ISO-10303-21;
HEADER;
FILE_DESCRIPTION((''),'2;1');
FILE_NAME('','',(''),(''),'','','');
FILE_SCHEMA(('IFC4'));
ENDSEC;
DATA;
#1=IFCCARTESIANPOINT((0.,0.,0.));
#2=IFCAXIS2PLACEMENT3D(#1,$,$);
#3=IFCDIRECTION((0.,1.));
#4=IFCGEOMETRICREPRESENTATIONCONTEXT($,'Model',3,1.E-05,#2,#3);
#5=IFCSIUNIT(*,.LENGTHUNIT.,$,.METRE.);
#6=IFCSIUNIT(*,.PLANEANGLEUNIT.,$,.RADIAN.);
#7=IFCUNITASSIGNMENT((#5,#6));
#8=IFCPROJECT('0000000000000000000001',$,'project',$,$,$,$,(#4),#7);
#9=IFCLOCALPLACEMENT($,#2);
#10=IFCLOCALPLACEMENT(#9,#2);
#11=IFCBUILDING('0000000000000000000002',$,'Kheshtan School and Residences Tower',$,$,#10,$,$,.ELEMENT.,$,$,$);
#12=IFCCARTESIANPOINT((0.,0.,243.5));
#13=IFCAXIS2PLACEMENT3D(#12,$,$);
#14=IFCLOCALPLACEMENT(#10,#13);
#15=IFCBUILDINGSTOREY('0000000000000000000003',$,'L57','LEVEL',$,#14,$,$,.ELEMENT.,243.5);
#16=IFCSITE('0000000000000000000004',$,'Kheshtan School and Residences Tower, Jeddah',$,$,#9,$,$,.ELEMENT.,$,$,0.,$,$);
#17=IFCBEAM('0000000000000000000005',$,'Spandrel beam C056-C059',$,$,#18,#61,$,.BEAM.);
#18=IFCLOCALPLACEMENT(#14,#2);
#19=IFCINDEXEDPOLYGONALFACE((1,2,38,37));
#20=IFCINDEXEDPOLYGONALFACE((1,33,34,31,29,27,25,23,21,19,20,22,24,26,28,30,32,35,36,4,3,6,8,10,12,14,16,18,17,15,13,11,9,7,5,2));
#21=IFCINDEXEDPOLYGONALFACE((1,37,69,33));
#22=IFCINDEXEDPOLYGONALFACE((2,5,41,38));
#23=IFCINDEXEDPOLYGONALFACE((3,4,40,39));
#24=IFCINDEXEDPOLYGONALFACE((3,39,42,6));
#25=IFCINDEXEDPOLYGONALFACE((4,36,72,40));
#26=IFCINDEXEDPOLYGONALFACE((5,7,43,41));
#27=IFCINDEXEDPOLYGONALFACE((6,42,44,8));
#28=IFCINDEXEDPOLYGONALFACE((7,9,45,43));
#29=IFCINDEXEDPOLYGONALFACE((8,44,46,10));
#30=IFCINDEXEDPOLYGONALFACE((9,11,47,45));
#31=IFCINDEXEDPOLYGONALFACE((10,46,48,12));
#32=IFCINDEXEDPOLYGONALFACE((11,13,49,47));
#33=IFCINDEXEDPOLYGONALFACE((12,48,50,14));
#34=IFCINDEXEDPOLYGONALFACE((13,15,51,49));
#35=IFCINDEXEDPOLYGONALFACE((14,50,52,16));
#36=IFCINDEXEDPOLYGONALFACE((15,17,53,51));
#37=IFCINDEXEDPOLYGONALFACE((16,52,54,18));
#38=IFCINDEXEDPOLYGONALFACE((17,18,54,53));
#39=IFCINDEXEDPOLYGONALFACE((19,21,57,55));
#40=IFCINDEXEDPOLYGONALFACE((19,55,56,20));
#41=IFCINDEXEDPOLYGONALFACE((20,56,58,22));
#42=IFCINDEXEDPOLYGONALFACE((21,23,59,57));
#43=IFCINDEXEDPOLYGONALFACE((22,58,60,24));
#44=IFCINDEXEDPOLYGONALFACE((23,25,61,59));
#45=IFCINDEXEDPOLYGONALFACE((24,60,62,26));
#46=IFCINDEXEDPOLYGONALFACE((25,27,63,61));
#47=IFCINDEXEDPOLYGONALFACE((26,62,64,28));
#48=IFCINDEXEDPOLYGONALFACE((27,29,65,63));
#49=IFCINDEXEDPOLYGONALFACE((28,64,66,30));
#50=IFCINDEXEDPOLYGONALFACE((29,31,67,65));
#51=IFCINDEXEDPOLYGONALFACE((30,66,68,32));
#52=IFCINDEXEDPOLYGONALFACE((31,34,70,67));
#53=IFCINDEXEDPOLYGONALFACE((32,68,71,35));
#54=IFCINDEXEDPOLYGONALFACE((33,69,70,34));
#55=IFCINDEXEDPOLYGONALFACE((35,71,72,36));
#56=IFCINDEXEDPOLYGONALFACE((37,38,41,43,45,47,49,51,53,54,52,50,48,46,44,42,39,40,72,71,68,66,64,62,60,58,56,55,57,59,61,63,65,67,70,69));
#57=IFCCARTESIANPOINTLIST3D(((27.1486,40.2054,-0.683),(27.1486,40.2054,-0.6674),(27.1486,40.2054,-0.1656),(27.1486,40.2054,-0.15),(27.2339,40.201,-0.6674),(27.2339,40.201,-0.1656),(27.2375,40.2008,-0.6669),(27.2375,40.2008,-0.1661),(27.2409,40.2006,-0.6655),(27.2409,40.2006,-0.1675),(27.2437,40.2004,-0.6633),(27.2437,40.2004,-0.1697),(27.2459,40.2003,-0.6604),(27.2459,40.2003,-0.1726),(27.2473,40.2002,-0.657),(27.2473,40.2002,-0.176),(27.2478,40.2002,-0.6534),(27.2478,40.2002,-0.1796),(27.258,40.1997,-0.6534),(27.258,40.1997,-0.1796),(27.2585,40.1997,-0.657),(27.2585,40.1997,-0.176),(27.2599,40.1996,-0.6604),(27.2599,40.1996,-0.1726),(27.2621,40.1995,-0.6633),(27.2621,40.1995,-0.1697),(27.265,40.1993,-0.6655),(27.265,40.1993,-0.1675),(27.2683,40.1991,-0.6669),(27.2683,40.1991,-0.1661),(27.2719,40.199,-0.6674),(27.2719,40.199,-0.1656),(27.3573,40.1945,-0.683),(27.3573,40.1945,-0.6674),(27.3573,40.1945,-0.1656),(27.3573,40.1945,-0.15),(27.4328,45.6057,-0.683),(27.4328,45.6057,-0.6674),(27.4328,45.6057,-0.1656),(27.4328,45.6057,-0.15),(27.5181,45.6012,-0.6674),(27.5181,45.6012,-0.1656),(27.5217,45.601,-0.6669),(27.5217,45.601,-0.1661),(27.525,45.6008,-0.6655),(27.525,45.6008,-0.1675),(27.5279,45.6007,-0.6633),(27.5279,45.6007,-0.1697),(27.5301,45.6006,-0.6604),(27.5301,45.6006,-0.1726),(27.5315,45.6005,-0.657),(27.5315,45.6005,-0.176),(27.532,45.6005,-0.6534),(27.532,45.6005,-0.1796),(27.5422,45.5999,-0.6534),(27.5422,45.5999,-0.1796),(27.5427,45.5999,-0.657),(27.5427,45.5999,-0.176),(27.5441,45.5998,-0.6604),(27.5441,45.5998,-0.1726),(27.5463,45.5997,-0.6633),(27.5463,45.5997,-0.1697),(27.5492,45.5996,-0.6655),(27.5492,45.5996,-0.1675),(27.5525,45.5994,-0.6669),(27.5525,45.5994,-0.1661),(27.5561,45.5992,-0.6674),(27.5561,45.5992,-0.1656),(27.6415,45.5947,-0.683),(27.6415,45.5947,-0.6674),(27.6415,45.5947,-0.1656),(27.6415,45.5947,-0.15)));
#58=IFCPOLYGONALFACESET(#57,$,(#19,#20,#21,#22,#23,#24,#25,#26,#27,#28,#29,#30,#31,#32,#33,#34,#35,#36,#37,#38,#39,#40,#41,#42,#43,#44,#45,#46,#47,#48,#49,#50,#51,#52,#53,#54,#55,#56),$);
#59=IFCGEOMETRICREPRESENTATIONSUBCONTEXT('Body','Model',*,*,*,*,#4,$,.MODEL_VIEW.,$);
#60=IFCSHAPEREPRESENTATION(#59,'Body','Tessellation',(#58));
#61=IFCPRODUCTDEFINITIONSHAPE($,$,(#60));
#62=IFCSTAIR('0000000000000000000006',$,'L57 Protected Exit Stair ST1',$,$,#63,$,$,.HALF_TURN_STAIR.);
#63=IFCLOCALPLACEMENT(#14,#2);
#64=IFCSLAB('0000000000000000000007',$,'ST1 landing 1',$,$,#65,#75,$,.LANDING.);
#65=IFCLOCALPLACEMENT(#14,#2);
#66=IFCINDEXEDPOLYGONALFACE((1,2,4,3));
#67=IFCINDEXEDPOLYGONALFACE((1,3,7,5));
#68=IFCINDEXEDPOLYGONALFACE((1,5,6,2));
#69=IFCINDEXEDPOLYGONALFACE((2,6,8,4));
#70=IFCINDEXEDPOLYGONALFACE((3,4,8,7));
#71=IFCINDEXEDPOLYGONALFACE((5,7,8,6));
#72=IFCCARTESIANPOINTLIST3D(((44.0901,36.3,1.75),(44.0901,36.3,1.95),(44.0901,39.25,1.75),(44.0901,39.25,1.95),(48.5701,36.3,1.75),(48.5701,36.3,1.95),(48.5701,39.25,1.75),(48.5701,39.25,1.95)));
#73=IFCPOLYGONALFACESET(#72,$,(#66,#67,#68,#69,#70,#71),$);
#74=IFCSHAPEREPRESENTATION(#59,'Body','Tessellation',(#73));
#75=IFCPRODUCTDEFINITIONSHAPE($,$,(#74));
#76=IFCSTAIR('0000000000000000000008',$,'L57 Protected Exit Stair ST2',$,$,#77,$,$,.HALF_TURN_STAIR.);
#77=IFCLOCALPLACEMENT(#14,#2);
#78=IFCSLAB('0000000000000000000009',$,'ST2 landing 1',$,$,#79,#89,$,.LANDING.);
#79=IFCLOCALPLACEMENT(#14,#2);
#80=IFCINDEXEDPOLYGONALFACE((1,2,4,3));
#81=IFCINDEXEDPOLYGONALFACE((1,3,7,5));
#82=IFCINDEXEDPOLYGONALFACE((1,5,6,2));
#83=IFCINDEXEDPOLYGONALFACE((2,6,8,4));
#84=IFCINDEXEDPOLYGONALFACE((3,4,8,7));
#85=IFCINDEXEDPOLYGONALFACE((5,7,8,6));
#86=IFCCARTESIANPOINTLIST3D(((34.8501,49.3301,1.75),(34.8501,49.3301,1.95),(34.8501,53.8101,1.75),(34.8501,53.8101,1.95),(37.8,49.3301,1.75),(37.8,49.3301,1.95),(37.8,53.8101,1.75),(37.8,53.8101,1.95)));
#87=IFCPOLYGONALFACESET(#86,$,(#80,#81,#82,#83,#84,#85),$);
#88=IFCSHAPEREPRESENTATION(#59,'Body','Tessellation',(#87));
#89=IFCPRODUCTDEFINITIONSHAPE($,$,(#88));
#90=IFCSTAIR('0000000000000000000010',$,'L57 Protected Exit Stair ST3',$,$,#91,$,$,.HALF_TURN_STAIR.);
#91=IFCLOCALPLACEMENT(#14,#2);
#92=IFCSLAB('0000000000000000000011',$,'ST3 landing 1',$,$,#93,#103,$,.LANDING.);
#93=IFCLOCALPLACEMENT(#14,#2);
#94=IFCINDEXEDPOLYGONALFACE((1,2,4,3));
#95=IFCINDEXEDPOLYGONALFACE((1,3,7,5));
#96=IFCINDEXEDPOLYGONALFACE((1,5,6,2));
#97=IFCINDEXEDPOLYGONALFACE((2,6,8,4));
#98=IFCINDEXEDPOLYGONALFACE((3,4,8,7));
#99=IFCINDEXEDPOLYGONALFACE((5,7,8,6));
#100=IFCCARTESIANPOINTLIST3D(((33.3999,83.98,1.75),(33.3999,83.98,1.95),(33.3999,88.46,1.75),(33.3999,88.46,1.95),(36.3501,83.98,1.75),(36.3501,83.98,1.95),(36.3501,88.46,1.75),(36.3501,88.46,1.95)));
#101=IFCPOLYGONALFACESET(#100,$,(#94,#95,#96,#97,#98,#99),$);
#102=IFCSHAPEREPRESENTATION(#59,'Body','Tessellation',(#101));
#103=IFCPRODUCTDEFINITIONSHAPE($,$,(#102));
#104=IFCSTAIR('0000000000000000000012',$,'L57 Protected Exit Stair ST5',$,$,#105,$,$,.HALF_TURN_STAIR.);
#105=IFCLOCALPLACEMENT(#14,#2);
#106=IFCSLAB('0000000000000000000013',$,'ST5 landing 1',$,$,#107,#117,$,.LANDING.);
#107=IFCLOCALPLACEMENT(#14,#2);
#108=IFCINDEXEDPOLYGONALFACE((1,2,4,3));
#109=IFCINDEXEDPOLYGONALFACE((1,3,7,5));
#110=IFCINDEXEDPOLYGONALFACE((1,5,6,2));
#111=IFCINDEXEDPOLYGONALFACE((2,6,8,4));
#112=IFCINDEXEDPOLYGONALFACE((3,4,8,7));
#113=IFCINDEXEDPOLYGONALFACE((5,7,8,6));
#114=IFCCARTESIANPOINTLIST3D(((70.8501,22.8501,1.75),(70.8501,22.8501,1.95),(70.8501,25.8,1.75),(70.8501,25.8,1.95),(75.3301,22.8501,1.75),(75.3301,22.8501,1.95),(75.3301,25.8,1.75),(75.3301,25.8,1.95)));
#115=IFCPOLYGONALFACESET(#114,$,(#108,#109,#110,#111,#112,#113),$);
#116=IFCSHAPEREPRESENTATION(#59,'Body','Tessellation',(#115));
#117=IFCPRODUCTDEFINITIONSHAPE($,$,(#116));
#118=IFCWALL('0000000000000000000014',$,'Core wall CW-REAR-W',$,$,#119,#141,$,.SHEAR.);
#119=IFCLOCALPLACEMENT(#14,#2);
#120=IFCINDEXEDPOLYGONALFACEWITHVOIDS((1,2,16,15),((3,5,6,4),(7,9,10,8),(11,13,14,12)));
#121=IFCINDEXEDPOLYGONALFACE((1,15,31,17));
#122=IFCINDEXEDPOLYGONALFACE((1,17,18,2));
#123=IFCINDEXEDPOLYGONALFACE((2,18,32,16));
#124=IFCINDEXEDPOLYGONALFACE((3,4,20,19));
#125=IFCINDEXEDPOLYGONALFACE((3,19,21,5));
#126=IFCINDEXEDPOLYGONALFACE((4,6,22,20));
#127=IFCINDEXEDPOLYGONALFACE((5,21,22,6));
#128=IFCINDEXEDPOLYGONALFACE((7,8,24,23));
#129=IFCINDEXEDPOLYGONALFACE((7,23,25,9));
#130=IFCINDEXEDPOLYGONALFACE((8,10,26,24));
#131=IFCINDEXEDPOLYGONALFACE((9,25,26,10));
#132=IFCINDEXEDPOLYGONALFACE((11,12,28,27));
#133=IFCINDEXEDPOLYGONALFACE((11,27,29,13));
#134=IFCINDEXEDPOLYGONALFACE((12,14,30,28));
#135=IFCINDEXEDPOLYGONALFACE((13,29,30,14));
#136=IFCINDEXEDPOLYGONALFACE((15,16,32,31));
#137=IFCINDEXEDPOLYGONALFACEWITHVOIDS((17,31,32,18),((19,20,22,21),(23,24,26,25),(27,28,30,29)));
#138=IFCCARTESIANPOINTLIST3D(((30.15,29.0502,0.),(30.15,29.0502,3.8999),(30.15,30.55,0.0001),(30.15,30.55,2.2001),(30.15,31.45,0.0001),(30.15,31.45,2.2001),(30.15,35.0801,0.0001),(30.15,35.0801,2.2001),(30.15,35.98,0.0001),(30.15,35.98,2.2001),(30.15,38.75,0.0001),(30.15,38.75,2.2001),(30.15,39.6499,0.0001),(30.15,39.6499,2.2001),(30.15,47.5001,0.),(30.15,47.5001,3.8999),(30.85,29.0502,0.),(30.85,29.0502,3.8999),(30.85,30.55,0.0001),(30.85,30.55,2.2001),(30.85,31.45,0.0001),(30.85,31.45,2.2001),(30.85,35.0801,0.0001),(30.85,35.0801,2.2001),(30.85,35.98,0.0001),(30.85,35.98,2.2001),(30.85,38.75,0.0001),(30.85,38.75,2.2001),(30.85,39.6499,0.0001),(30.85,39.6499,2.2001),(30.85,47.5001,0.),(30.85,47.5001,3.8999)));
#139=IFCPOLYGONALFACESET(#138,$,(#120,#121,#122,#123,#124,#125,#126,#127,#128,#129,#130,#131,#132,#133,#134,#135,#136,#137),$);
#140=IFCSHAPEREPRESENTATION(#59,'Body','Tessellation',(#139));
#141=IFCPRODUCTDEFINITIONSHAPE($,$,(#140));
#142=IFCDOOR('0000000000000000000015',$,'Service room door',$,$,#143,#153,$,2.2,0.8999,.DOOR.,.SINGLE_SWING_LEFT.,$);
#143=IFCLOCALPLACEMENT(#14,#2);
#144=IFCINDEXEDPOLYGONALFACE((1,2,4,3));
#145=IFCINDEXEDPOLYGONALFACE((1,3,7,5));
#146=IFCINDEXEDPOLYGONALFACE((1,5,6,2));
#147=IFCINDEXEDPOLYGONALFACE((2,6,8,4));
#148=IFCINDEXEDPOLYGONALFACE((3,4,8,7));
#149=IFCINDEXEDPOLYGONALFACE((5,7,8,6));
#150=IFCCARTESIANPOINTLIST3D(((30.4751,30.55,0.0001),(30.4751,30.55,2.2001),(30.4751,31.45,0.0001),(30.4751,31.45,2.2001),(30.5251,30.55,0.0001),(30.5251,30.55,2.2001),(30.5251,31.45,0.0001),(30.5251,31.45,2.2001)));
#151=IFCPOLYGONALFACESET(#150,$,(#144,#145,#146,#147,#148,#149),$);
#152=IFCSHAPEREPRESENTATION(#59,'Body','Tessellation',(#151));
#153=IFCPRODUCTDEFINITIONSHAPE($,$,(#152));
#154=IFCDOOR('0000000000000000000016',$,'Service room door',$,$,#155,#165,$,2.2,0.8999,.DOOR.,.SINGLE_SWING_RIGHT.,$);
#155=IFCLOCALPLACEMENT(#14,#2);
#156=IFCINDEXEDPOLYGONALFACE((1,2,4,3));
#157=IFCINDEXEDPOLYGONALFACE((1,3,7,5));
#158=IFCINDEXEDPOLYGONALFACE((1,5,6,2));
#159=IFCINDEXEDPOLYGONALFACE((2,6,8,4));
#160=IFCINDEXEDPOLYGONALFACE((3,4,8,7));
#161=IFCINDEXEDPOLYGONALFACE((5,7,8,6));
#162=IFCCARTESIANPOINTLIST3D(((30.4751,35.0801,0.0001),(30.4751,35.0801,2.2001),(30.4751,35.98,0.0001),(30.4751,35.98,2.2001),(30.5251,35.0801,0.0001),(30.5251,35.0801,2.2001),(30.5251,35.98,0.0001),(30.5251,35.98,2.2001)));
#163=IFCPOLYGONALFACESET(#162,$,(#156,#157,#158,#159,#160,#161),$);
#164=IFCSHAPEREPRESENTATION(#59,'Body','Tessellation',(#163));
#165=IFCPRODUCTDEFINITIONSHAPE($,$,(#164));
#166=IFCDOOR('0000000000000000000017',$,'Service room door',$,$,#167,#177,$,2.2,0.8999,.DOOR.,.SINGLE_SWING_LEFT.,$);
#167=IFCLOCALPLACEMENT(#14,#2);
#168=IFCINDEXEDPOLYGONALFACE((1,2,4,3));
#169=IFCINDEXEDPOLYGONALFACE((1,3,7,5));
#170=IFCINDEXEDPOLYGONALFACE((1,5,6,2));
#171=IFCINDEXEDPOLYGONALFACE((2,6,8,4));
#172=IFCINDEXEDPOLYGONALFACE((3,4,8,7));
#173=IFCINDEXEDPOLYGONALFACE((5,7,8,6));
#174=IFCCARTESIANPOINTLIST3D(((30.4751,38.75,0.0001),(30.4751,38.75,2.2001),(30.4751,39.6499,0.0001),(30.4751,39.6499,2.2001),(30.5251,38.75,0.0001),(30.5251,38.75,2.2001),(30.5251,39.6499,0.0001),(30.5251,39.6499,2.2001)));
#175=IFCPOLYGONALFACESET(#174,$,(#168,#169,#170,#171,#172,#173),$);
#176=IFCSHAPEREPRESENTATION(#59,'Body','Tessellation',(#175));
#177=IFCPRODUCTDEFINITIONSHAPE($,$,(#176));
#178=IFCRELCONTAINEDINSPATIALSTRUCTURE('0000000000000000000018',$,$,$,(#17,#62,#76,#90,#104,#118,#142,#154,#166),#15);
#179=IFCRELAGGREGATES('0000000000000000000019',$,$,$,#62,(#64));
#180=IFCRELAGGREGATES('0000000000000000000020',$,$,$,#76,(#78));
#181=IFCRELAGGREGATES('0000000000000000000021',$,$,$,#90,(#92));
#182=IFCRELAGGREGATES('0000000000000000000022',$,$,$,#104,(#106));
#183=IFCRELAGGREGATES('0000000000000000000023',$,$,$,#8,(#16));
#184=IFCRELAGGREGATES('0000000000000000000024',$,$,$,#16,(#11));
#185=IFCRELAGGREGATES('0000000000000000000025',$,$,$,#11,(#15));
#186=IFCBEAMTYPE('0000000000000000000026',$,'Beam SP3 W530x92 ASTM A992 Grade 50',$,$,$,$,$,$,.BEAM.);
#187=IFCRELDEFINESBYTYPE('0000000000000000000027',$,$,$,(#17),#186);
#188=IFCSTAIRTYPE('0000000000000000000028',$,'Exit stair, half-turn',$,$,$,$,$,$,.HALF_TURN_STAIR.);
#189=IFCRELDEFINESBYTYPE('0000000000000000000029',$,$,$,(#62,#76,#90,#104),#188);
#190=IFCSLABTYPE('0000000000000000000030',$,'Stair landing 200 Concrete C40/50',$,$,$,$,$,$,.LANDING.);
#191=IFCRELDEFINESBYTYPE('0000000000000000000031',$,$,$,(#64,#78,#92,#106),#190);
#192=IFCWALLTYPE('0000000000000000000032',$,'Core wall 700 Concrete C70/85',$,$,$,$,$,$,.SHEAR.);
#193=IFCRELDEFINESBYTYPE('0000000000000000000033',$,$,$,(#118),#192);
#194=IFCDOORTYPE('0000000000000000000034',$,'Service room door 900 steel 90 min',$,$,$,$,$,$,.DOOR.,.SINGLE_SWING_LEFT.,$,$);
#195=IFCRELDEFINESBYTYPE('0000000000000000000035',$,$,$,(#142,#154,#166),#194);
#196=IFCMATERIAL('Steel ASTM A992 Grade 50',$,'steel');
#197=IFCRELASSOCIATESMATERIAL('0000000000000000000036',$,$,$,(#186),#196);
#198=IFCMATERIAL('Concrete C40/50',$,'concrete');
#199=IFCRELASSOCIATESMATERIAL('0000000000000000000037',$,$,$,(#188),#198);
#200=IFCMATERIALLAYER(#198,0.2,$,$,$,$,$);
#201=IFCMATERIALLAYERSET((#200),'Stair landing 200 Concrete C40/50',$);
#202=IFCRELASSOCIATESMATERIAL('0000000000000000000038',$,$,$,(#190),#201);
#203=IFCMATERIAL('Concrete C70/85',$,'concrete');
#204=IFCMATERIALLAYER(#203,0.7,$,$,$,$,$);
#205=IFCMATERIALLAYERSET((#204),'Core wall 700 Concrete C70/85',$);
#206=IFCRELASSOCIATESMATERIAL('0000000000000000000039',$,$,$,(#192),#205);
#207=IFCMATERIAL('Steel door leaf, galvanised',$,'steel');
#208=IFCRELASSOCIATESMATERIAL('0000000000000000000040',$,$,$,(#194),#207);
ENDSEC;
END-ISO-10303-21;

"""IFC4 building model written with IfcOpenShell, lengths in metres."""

from ifc_helpers import new_model, si_unit, direction, frame, frame_2d, origin, origin_2d, place, context, subcontext, project, spatial, polyline, rectangle, i_section, outline, extrude, source, transform, mapped, material, layer, layer_set, material_profile, profile_set, type_object, element, fill, aggregate, save


model = new_model("IFC4")

# Units and contexts
model_context = context("Model", 3, precision=1e-05, world=origin(), true_north=direction((0.0, 1.0)))
body_context = subcontext(model_context, "Body", "Model", "MODEL_VIEW")
ifc_project = project(units=[si_unit("LENGTHUNIT", "METRE"), si_unit("PLANEANGLEUNIT", "RADIAN")], contexts=[model_context])

# Site, building, storey
site_placement = place(None, origin())
site = spatial("IfcSite", under=ifc_project, at=site_placement, Name="Kheshtan School and Residences Tower, Jeddah", CompositionType="ELEMENT", RefElevation=0.0)
building_placement = place(site_placement, origin())
building = spatial("IfcBuilding", under=site, at=building_placement, Name="Kheshtan School and Residences Tower", CompositionType="ELEMENT")
storey_placement = place(building_placement, frame((0.0, 0.0, 243.5)))
storey = spatial("IfcBuildingStorey", under=building, at=storey_placement, Name="L57", Description="LEVEL", CompositionType="ELEMENT", Elevation=243.5)

# Shared definitions
ifc_material_1 = material(Name="Steel ASTM A992 Grade 50", Category="steel")

# Beam
ifc_material_profile_1 = material_profile(ifc_material_1, i_section(OverallWidth=0.209, OverallDepth=0.533, WebThickness=0.0103, FlangeThickness=0.0156, FilletRadius=0.0139, at=origin_2d()), Name="W530x92")
ifc_profile_set_1 = profile_set([ifc_material_profile_1], Name="Steel ASTM A992 Grade 50")
beam_type_1 = type_object("IfcBeamType", Name="Beam SP3 W530x92 ASTM A992 Grade 50", PredefinedType="BEAM", material=ifc_profile_set_1)
beam_1_placement = place(storey_placement, frame((27.2529, 40.2, -0.4165), z_axis=(0.052552, 0.998618, 0.0), x_axis=(-0.998618, 0.052552, 0.0)))
element("IfcBeam", 1, at=beam_1_placement, inside=storey, type_object=beam_type_1, Name="Spandrel beam C056-C059", PredefinedType="BEAM", context=body_context, shape_type="SweptSolid", body=[
    extrude(i_section(OverallWidth=0.209, OverallDepth=0.533, WebThickness=0.0103, FlangeThickness=0.0156, FilletRadius=0.0139, at=origin_2d()), origin(), (0.0, 0.0, 1.0), 5.4077),
])

# Shared definitions
ifc_material_2 = material(Name="Concrete C40/50", Category="concrete")

# Stairs, slabs
stair_type = type_object("IfcStairType", Name="Exit stair, half-turn", PredefinedType="HALF_TURN_STAIR", material=ifc_material_2)
stair_1_placement = place(storey_placement, origin())
stair_1 = element("IfcStair", 2, at=stair_1_placement, inside=storey, type_object=stair_type, Name="L57 Protected Exit Stair ST1", PredefinedType="HALF_TURN_STAIR")
ifc_layer_1 = layer(ifc_material_2, 0.2)
ifc_layer_set_1 = layer_set([ifc_layer_1], Name="Stair landing 200 Concrete C40/50")
slab_type_1 = type_object("IfcSlabType", Name="Stair landing 200 Concrete C40/50", PredefinedType="LANDING", material=ifc_layer_set_1)
slab_1_placement = place(storey_placement, frame((0.0, 0.0, 1.75)))
slab_1 = element("IfcSlab", 3, at=slab_1_placement, type_object=slab_type_1, Name="ST1 landing 1", PredefinedType="LANDING", context=body_context, shape_type="SweptSolid", body=[
    extrude(outline(polyline([(48.5701, 39.25), (44.0901, 39.25), (44.0901, 36.3), (48.5701, 36.3), (48.5701, 39.25)])), origin(), (0.0, 0.0, 1.0), 0.2),
])
aggregate(stair_1, [slab_1])
stair_2_placement = place(storey_placement, origin())
stair_2 = element("IfcStair", 4, at=stair_2_placement, inside=storey, type_object=stair_type, Name="L57 Protected Exit Stair ST2", PredefinedType="HALF_TURN_STAIR")
slab_2_placement = place(storey_placement, frame((0.0, 0.0, 1.75)))
slab_2 = element("IfcSlab", 5, at=slab_2_placement, type_object=slab_type_1, Name="ST2 landing 1", PredefinedType="LANDING", context=body_context, shape_type="SweptSolid", body=[
    extrude(outline(polyline([(37.8, 49.3301), (37.8, 53.8101), (34.8501, 53.8101), (34.8501, 49.3301), (37.8, 49.3301)])), origin(), (0.0, 0.0, 1.0), 0.2),
])
aggregate(stair_2, [slab_2])
stair_3_placement = place(storey_placement, origin())
stair_3 = element("IfcStair", 6, at=stair_3_placement, inside=storey, type_object=stair_type, Name="L57 Protected Exit Stair ST3", PredefinedType="HALF_TURN_STAIR")
slab_3_placement = place(storey_placement, frame((0.0, 0.0, 1.75)))
slab_3 = element("IfcSlab", 7, at=slab_3_placement, type_object=slab_type_1, Name="ST3 landing 1", PredefinedType="LANDING", context=body_context, shape_type="SweptSolid", body=[
    extrude(outline(polyline([(36.3501, 83.98), (36.3501, 88.46), (33.3999, 88.46), (33.3999, 83.98), (36.3501, 83.98)])), origin(), (0.0, 0.0, 1.0), 0.2),
])
aggregate(stair_3, [slab_3])
stair_4_placement = place(storey_placement, origin())
stair_4 = element("IfcStair", 8, at=stair_4_placement, inside=storey, type_object=stair_type, Name="L57 Protected Exit Stair ST5", PredefinedType="HALF_TURN_STAIR")
slab_4_placement = place(storey_placement, frame((0.0, 0.0, 1.75)))
slab_4 = element("IfcSlab", 9, at=slab_4_placement, type_object=slab_type_1, Name="ST5 landing 1", PredefinedType="LANDING", context=body_context, shape_type="SweptSolid", body=[
    extrude(outline(polyline([(75.3301, 25.8), (70.8501, 25.8), (70.8501, 22.8501), (75.3301, 22.8501), (75.3301, 25.8)])), origin(), (0.0, 0.0, 1.0), 0.2),
])
aggregate(stair_4, [slab_4])

# Wall, openings, doors
ifc_material_3 = material(Name="Concrete C70/85", Category="concrete")
ifc_layer_2 = layer(ifc_material_3, 0.7)
ifc_layer_set_2 = layer_set([ifc_layer_2], Name="Core wall 700 Concrete C70/85")
wall_type_1 = type_object("IfcWallType", Name="Core wall 700 Concrete C70/85", PredefinedType="SHEAR", material=ifc_layer_set_2)
wall_1_placement = place(storey_placement, frame((30.5, 29.05, 0.0), z_axis=(0.0, 0.0, 1.0), x_axis=(0.0, 1.0, 0.0)))
wall_1 = element("IfcWall", 10, at=wall_1_placement, inside=storey, type_object=wall_type_1, Name="Core wall CW-REAR-W", PredefinedType="SHEAR", context=body_context, shape_type="SweptSolid", body=[
    extrude(rectangle(XDim=18.45, YDim=0.7, at=frame_2d((9.2251, 0.0))), origin(), (0.0, 0.0, 1.0), 3.8999),
])
opening_1_placement = place(wall_1_placement, frame((1.5, 0.0, 0.0)))
opening_1 = element("IfcOpeningElement", 11, at=opening_1_placement, cuts=wall_1, PredefinedType="OPENING", context=body_context, shape_type="SweptSolid", body=[
    extrude(rectangle(XDim=0.8999, YDim=2.2, at=frame_2d((0.45, 1.1001))), frame((0.0, 0.3599, 0.0), z_axis=(0.0, -1.0, 0.0), x_axis=(1.0, 0.0, 0.0)), (0.0, 0.0, 1.0), 0.72),
])
opening_2_placement = place(wall_1_placement, frame((6.03, 0.0, 0.0)))
opening_2 = element("IfcOpeningElement", 12, at=opening_2_placement, cuts=wall_1, PredefinedType="OPENING", context=body_context, shape_type="SweptSolid", body=[
    extrude(rectangle(XDim=0.8999, YDim=2.2, at=frame_2d((0.45, 1.1001))), frame((0.0, 0.3599, 0.0), z_axis=(0.0, -1.0, 0.0), x_axis=(1.0, 0.0, 0.0)), (0.0, 0.0, 1.0), 0.72),
])
opening_3_placement = place(wall_1_placement, frame((9.7, 0.0, 0.0)))
opening_3 = element("IfcOpeningElement", 13, at=opening_3_placement, cuts=wall_1, PredefinedType="OPENING", context=body_context, shape_type="SweptSolid", body=[
    extrude(rectangle(XDim=0.8999, YDim=2.2, at=frame_2d((0.45, 1.1001))), frame((0.0, 0.3599, 0.0), z_axis=(0.0, -1.0, 0.0), x_axis=(1.0, 0.0, 0.0)), (0.0, 0.0, 1.0), 0.72),
])
ifc_material_4 = material(Name="Steel door leaf, galvanised", Category="steel")
door_type = type_object("IfcDoorType", Name="Service room door 900 steel 90 min", OperationType="SINGLE_SWING_LEFT", PredefinedType="DOOR", material=ifc_material_4)
shared_shape = source(origin(), body_context, "Body", "SweptSolid", [
    extrude(rectangle(XDim=0.8999, YDim=2.2, at=frame_2d((0.45, 1.1001))), frame((0.0, 0.0249, 0.0), z_axis=(0.0, -1.0, 0.0), x_axis=(1.0, 0.0, 0.0)), (0.0, 0.0, 1.0), 0.05),
])
door_1_placement = place(opening_1_placement, origin())
door_1 = element("IfcDoor", 14, at=door_1_placement, inside=storey, type_object=door_type, Name="Service room door", OperationType="SINGLE_SWING_LEFT", OverallHeight=2.2, OverallWidth=0.8999, PredefinedType="DOOR", context=body_context, shape_type="MappedRepresentation", body=[
    mapped(shared_shape, transform((0.0, 0.0, 0.0), x_axis=(1.0, 0.0, 0.0), y_axis=(0.0, 1.0, 0.0), z_axis=(0.0, 0.0, 1.0), scale=1.0)),
])
fill(opening_1, door_1)
door_2_placement = place(opening_2_placement, origin())
door_2 = element("IfcDoor", 15, at=door_2_placement, inside=storey, type_object=door_type, Name="Service room door", OperationType="SINGLE_SWING_RIGHT", OverallHeight=2.2, OverallWidth=0.8999, PredefinedType="DOOR", context=body_context, shape_type="MappedRepresentation", body=[
    mapped(shared_shape, transform((0.0, 0.0, 0.0), x_axis=(1.0, 0.0, 0.0), y_axis=(0.0, 1.0, 0.0), z_axis=(0.0, 0.0, 1.0), scale=1.0)),
])
fill(opening_2, door_2)
door_3_placement = place(opening_3_placement, origin())
door_3 = element("IfcDoor", 16, at=door_3_placement, inside=storey, type_object=door_type, Name="Service room door", OperationType="SINGLE_SWING_LEFT", OverallHeight=2.2, OverallWidth=0.8999, PredefinedType="DOOR", context=body_context, shape_type="MappedRepresentation", body=[
    mapped(shared_shape, transform((0.0, 0.0, 0.0), x_axis=(1.0, 0.0, 0.0), y_axis=(0.0, 1.0, 0.0), z_axis=(0.0, 0.0, 1.0), scale=1.0)),
])
fill(opening_3, door_3)

save(model, "model.ifc")
